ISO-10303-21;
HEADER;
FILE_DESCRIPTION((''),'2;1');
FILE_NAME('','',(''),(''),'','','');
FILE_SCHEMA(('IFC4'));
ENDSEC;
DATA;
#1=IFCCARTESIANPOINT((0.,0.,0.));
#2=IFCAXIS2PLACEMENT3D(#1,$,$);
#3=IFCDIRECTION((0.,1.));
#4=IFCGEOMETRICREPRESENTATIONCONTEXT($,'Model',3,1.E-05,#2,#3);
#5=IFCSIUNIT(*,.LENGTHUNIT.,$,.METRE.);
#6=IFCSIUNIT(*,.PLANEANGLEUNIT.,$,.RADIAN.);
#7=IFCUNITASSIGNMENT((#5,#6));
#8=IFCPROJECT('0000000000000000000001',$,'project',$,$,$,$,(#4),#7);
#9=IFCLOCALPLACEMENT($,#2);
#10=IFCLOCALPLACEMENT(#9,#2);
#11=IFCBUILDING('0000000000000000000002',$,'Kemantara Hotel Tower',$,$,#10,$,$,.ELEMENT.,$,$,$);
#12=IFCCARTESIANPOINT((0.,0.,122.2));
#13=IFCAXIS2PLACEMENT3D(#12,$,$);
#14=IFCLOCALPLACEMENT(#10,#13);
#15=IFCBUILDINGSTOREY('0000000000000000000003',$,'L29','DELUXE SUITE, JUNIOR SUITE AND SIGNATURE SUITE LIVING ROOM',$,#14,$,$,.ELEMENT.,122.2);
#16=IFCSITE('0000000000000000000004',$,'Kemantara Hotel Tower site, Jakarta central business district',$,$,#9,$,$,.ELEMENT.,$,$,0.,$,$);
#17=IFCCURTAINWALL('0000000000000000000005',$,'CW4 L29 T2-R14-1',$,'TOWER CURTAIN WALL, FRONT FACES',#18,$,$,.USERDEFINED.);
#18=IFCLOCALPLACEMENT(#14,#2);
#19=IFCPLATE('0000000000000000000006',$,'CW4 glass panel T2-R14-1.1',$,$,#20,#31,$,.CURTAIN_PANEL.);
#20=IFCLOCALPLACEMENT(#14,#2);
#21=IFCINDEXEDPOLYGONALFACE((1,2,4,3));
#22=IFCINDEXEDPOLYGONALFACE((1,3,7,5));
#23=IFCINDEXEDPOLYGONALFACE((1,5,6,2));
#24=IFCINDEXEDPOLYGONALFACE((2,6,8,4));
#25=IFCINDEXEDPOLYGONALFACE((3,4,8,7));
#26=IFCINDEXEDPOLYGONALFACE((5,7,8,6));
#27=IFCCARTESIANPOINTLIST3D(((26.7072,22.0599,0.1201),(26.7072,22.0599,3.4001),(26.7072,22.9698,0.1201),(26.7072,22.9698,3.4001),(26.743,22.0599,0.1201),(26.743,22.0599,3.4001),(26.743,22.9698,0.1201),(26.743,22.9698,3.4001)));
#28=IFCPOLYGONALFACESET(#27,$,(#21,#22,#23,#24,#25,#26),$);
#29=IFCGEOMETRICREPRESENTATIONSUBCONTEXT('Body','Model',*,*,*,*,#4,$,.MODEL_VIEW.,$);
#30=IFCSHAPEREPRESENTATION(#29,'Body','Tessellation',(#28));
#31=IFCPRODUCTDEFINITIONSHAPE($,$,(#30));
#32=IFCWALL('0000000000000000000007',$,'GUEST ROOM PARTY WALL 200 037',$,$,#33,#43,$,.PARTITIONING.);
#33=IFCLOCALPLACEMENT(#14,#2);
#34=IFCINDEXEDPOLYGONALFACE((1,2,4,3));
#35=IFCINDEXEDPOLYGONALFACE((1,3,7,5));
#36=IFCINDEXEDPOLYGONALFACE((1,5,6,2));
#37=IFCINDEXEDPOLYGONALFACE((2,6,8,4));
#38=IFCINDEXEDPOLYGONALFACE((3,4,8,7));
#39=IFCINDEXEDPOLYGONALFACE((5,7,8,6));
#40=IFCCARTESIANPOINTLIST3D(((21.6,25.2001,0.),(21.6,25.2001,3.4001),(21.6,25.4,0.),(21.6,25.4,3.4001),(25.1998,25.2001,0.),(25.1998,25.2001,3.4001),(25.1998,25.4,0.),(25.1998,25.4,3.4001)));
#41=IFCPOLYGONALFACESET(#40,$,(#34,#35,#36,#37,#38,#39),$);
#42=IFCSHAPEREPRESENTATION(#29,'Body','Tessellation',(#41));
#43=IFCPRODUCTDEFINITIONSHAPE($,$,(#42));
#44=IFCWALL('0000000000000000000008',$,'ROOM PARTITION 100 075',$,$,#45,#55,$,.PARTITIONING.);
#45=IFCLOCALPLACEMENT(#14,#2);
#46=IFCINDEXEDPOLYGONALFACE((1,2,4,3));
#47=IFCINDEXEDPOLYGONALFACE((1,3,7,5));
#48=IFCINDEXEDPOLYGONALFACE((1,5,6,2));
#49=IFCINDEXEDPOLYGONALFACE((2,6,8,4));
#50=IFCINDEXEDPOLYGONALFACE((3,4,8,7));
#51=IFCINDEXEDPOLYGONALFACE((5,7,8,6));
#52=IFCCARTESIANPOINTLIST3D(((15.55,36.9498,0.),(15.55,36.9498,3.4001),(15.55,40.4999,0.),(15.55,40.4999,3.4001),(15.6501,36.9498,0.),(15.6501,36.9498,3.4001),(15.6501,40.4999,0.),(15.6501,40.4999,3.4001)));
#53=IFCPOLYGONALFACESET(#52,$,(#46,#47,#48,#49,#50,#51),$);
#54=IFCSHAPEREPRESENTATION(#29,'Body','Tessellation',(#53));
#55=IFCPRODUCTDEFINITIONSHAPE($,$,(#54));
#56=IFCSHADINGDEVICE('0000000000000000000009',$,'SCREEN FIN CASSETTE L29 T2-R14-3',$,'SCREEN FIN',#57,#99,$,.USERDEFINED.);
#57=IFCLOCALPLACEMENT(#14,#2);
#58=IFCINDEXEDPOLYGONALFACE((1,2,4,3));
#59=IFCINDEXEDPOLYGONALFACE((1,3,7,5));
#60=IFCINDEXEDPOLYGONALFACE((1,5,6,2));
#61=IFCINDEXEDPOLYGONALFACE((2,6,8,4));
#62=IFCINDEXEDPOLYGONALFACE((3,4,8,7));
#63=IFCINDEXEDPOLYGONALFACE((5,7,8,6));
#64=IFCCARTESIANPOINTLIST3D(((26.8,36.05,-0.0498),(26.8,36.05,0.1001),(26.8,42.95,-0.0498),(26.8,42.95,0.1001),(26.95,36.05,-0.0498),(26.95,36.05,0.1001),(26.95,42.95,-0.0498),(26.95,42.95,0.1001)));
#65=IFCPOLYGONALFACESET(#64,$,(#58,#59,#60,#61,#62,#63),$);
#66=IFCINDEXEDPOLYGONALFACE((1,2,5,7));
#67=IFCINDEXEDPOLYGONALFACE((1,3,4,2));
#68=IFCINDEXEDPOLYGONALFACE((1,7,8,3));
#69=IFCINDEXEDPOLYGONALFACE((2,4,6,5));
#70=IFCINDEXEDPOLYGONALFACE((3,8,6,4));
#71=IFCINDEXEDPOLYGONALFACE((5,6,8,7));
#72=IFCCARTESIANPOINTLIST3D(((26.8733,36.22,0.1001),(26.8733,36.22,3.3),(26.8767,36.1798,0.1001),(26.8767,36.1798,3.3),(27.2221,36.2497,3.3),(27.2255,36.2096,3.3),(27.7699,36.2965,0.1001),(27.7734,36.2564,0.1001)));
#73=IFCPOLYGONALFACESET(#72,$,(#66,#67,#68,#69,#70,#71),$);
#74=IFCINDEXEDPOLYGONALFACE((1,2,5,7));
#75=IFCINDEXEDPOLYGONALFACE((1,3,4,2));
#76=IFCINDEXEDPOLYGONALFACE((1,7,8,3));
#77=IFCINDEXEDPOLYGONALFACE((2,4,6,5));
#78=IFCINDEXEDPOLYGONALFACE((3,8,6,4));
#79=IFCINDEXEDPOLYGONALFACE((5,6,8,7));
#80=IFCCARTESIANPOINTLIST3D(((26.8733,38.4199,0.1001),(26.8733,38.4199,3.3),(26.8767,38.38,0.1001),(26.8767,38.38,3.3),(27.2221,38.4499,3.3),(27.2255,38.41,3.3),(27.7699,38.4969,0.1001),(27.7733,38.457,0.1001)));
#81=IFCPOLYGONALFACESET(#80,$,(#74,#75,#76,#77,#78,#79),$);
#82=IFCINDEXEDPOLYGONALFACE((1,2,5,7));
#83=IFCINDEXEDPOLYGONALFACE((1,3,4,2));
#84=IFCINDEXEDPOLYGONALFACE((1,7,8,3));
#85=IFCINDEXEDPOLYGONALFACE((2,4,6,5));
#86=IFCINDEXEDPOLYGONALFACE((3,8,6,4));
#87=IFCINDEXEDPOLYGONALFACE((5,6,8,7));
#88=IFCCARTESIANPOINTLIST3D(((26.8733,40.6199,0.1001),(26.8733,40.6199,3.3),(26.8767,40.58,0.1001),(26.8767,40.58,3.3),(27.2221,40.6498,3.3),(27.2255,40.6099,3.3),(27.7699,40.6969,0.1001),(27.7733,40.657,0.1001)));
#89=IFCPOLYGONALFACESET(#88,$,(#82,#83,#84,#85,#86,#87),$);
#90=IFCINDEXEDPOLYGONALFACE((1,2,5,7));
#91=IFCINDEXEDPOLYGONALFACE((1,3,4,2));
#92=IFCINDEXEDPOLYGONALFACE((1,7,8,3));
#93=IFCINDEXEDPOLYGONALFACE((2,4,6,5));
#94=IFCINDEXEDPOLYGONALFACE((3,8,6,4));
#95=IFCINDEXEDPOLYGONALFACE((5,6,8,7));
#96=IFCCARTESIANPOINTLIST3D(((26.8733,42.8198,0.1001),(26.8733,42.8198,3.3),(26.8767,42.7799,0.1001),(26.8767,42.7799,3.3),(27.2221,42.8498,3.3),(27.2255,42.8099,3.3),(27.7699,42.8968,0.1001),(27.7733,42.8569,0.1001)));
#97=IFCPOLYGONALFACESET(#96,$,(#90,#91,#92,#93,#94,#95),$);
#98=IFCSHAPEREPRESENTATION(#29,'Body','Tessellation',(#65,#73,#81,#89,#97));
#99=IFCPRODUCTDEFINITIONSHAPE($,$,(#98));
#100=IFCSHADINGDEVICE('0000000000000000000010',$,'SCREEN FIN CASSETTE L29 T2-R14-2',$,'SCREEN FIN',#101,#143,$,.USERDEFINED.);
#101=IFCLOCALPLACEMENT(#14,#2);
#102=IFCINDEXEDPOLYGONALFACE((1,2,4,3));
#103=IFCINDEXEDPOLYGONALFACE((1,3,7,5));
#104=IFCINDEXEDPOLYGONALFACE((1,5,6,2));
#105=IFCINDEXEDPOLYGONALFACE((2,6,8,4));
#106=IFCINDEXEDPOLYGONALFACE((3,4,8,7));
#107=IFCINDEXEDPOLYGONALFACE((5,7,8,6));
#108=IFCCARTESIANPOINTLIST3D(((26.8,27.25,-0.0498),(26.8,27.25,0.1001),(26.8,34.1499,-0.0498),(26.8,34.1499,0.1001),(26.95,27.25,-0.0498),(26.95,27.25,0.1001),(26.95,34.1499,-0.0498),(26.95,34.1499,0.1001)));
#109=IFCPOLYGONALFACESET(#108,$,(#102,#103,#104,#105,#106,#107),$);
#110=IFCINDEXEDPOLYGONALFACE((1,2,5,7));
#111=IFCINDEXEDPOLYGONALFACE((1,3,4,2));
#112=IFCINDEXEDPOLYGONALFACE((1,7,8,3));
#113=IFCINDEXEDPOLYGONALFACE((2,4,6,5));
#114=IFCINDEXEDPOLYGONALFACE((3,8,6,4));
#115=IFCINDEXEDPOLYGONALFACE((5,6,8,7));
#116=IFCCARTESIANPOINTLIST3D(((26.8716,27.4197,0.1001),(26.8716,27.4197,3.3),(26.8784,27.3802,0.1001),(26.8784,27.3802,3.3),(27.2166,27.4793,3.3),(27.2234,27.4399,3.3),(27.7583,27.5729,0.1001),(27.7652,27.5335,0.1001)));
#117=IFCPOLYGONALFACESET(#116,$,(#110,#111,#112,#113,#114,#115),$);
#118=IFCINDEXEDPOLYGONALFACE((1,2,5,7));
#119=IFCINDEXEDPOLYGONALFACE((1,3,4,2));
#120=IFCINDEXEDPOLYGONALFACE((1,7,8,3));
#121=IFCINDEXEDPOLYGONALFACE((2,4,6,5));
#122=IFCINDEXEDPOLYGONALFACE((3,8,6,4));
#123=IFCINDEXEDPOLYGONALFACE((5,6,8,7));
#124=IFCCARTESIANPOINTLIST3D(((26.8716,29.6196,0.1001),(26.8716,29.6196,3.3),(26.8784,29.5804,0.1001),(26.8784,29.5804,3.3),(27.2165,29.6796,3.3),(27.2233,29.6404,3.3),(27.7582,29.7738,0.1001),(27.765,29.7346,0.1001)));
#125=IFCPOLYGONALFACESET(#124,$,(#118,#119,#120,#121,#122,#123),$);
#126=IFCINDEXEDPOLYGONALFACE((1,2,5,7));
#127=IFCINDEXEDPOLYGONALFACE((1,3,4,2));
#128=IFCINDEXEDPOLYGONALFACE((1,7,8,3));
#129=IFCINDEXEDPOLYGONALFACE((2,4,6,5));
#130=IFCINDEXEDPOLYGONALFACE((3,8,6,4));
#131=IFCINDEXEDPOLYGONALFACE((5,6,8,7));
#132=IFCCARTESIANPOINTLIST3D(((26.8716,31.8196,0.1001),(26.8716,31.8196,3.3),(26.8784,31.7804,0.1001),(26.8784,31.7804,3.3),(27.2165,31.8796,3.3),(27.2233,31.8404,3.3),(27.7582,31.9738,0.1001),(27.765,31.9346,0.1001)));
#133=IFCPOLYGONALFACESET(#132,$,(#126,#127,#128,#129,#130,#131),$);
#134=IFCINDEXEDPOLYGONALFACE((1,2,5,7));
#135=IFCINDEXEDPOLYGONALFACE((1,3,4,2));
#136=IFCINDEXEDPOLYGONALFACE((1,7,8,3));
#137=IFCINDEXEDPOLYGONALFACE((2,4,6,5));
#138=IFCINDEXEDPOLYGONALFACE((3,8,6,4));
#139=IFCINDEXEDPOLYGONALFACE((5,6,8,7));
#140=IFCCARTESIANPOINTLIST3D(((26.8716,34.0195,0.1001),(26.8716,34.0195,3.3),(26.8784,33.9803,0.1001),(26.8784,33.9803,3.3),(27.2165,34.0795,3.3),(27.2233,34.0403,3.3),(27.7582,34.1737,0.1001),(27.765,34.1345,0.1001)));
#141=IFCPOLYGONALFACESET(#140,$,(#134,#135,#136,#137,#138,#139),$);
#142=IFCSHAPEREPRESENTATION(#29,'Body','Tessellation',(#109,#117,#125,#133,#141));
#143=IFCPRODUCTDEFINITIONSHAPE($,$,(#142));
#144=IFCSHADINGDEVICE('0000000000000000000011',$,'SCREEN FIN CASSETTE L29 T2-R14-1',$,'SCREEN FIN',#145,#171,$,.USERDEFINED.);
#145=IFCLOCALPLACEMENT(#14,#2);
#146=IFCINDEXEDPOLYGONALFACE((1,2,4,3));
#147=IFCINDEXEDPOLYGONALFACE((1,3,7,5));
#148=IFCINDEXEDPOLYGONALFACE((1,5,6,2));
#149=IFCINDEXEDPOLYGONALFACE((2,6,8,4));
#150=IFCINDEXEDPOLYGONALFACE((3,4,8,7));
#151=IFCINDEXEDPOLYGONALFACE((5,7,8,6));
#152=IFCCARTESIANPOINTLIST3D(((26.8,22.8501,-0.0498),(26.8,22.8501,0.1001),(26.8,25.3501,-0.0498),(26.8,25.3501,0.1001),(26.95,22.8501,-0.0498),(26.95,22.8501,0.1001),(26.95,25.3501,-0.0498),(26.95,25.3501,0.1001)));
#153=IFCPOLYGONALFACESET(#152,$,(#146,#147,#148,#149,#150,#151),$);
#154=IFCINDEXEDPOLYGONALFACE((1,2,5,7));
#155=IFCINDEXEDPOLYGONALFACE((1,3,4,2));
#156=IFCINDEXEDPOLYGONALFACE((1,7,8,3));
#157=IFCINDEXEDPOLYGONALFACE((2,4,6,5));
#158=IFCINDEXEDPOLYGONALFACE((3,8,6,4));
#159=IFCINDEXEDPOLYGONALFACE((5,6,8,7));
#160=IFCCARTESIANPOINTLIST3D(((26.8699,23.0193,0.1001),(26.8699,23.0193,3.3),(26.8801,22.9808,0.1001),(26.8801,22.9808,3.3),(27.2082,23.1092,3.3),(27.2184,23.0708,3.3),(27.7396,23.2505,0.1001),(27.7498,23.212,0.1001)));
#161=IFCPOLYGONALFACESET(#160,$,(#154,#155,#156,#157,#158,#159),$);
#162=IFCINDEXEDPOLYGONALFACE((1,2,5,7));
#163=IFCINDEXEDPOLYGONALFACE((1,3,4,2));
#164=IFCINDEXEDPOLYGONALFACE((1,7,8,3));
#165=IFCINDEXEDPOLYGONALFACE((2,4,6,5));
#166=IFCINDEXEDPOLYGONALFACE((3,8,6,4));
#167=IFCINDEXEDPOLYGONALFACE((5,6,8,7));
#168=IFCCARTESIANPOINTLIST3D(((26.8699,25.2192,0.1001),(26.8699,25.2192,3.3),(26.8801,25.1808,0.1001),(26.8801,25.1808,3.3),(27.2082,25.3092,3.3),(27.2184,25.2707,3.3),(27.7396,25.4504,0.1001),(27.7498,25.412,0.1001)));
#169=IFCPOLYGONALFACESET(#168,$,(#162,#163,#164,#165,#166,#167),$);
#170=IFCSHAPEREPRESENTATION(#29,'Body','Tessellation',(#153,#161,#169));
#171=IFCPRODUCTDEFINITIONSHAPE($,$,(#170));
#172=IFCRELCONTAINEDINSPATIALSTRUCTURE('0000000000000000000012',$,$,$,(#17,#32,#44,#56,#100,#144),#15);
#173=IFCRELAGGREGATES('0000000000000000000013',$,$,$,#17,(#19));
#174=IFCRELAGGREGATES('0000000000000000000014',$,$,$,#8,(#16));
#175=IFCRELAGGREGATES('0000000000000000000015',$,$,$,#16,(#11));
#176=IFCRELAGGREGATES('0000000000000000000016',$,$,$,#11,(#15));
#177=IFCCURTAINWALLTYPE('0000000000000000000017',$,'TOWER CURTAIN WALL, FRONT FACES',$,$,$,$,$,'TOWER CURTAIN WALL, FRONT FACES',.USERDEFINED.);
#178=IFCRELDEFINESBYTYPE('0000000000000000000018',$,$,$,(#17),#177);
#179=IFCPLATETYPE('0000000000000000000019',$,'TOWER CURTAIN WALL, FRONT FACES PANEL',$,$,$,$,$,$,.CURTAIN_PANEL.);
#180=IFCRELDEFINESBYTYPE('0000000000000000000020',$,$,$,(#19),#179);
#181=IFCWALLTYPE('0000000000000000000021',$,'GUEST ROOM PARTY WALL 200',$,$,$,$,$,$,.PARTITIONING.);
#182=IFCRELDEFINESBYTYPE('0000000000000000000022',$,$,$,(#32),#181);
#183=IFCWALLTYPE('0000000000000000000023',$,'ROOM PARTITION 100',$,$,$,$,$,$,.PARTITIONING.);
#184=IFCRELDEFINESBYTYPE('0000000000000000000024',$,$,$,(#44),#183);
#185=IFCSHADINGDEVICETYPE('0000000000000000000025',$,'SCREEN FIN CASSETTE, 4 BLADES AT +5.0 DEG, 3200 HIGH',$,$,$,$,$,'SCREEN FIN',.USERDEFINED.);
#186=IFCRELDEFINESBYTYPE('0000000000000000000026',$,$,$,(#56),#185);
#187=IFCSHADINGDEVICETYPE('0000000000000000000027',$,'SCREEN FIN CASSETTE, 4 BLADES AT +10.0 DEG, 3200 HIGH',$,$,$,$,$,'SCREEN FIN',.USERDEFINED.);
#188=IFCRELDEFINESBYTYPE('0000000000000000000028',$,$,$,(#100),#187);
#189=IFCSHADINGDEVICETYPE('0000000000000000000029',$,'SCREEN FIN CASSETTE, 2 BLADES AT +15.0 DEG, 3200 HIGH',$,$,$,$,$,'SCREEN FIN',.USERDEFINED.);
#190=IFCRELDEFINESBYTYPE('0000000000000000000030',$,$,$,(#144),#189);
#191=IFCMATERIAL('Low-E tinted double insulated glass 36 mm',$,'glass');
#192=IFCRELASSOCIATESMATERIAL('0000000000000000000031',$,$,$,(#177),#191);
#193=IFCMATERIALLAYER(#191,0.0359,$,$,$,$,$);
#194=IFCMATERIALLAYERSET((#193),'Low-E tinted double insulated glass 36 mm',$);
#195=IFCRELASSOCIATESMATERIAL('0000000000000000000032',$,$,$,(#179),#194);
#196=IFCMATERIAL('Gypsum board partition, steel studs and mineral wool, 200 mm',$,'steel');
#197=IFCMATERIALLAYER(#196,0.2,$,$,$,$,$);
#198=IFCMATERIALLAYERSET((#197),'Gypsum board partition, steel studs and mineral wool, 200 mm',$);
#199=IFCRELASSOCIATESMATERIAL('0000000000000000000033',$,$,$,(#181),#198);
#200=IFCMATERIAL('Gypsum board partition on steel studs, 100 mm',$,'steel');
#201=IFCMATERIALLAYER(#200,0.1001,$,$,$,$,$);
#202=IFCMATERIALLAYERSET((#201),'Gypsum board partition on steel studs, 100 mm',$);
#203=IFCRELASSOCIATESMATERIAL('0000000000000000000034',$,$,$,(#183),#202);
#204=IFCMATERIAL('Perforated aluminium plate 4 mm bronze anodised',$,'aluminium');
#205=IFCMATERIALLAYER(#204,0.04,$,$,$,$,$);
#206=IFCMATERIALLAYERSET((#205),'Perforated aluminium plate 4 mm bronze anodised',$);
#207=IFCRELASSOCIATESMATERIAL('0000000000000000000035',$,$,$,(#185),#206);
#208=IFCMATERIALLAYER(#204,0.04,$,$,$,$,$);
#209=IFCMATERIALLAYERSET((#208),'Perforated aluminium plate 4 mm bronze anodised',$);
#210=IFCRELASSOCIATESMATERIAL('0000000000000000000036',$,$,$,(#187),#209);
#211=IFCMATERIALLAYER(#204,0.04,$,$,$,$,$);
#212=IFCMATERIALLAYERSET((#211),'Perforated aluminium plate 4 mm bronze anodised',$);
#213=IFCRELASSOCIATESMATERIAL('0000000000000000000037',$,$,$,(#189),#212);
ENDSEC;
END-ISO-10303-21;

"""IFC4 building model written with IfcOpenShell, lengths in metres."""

from ifc_helpers import new_model, si_unit, direction, frame, frame_2d, origin, origin_2d, place, context, subcontext, project, spatial, polyline, rectangle, outline, extrude, source, transform, mapped, material, layer, layer_set, type_object, element, aggregate, save


model = new_model("IFC4")

# Units and contexts
model_context = context("Model", 3, precision=1e-05, world=origin(), true_north=direction((0.0, 1.0)))
body_context = subcontext(model_context, "Body", "Model", "MODEL_VIEW")
ifc_project = project(units=[si_unit("LENGTHUNIT", "METRE"), si_unit("PLANEANGLEUNIT", "RADIAN")], contexts=[model_context])

# Site, building, storey
site_placement = place(None, origin())
site = spatial("IfcSite", under=ifc_project, at=site_placement, Name="Kemantara Hotel Tower site, Jakarta central business district", CompositionType="ELEMENT", RefElevation=0.0)
building_placement = place(site_placement, origin())
building = spatial("IfcBuilding", under=site, at=building_placement, Name="Kemantara Hotel Tower", CompositionType="ELEMENT")
storey_placement = place(building_placement, frame((0.0, 0.0, 122.2)))
storey = spatial("IfcBuildingStorey", under=building, at=storey_placement, Name="L29", Description="DELUXE SUITE, JUNIOR SUITE AND SIGNATURE SUITE LIVING ROOM", CompositionType="ELEMENT", Elevation=122.2)

# Curtain wall, plate
ifc_material_1 = material(Name="Low-E tinted double insulated glass 36 mm", Category="glass")
curtain_wall_type = type_object("IfcCurtainWallType", Name="TOWER CURTAIN WALL, FRONT FACES", ElementType="TOWER CURTAIN WALL, FRONT FACES", PredefinedType="USERDEFINED", material=ifc_material_1)
curtain_wall_placement = place(storey_placement, origin())
curtain_wall = element("IfcCurtainWall", 1, at=curtain_wall_placement, inside=storey, type_object=curtain_wall_type, Name="CW4 L29 T2-R14-1", ObjectType="TOWER CURTAIN WALL, FRONT FACES", PredefinedType="USERDEFINED")
ifc_layer_1 = layer(ifc_material_1, 0.0359)
ifc_layer_set_1 = layer_set([ifc_layer_1], Name="Low-E tinted double insulated glass 36 mm")
plate_type = type_object("IfcPlateType", Name="TOWER CURTAIN WALL, FRONT FACES PANEL", PredefinedType="CURTAIN_PANEL", material=ifc_layer_set_1)
shared_shape_1 = source(origin(), body_context, "Body", "SweptSolid", [
    extrude(rectangle(XDim=0.9099, YDim=0.0359, at=origin_2d()), origin(), (0.0, 0.0, 1.0), 3.28),
])
plate_1_placement = place(storey_placement, frame((26.7251, 22.5149, 0.1201), z_axis=(0.0, 0.0, 1.0), x_axis=(0.0, 1.0, 0.0)))
plate_1 = element("IfcPlate", 2, at=plate_1_placement, type_object=plate_type, Name="CW4 glass panel T2-R14-1.1", PredefinedType="CURTAIN_PANEL", context=body_context, shape_type="MappedRepresentation", body=[
    mapped(shared_shape_1, transform((0.0, 0.0, 0.0))),
])
aggregate(curtain_wall, [plate_1])

# Walls
ifc_material_2 = material(Name="Gypsum board partition, steel studs and mineral wool, 200 mm", Category="steel")
ifc_layer_2 = layer(ifc_material_2, 0.2)
ifc_layer_set_2 = layer_set([ifc_layer_2], Name="Gypsum board partition, steel studs and mineral wool, 200 mm")
wall_type_1 = type_object("IfcWallType", Name="GUEST ROOM PARTY WALL 200", PredefinedType="PARTITIONING", material=ifc_layer_set_2)
wall_1_placement = place(storey_placement, frame((21.6001, 25.3, 0.0), z_axis=(0.0, 0.0, 1.0), x_axis=(1.0, 0.0, 0.0)))
element("IfcWall", 3, at=wall_1_placement, inside=storey, type_object=wall_type_1, Name="GUEST ROOM PARTY WALL 200 037", PredefinedType="PARTITIONING", context=body_context, shape_type="SweptSolid", body=[
    extrude(rectangle(XDim=3.5999, YDim=0.2, at=frame_2d((1.7998, 0.0))), origin(), (0.0, 0.0, 1.0), 3.4001),
])
ifc_material_3 = material(Name="Gypsum board partition on steel studs, 100 mm", Category="steel")
ifc_layer_3 = layer(ifc_material_3, 0.1001)
ifc_layer_set_3 = layer_set([ifc_layer_3], Name="Gypsum board partition on steel studs, 100 mm")
wall_type_2 = type_object("IfcWallType", Name="ROOM PARTITION 100", PredefinedType="PARTITIONING", material=ifc_layer_set_3)
wall_2_placement = place(storey_placement, frame((15.6001, 36.95, 0.0), z_axis=(0.0, 0.0, 1.0), x_axis=(0.0, 1.0, 0.0)))
element("IfcWall", 4, at=wall_2_placement, inside=storey, type_object=wall_type_2, Name="ROOM PARTITION 100 075", PredefinedType="PARTITIONING", context=body_context, shape_type="SweptSolid", body=[
    extrude(rectangle(XDim=3.55, YDim=0.1001, at=frame_2d((1.7749, 0.0))), origin(), (0.0, 0.0, 1.0), 3.4001),
])

# Shading devices
ifc_material_4 = material(Name="Perforated aluminium plate 4 mm bronze anodised", Category="aluminium")
ifc_layer_4 = layer(ifc_material_4, 0.04)
ifc_layer_set_4 = layer_set([ifc_layer_4], Name="Perforated aluminium plate 4 mm bronze anodised")
shading_device_type_1 = type_object("IfcShadingDeviceType", Name="SCREEN FIN CASSETTE, 4 BLADES AT +5.0 DEG, 3200 HIGH", ElementType="SCREEN FIN", PredefinedType="USERDEFINED", material=ifc_layer_set_4)
shared_shape_2 = source(origin(), body_context, "Body", "SweptSolid", [
    extrude(rectangle(XDim=6.8999, YDim=0.1499, at=origin_2d()), frame((3.3, -0.075, -0.1499), z_axis=(0.0, 0.0, 1.0), x_axis=(1.0, 0.0, 0.0)), (0.0, 0.0, 1.0), 0.1499),
    extrude(outline(polyline([(0.0, 0.0), (0.8999, 0.0), (0.3501, 3.2), (0.0, 3.2), (0.0, 0.0)])), frame((0.02, -0.0732, 0.0), z_axis=(-0.996376, -0.085056, 0.0), x_axis=(0.085056, -0.996376, 0.0)), (0.0, 0.0, 1.0), 0.0403),
    extrude(outline(polyline([(0.0, 0.0), (0.8999, 0.0), (0.3501, 3.2), (0.0, 3.2), (0.0, 0.0)])), frame((2.22, -0.0732, 0.0), z_axis=(-0.996332, -0.085575, 0.0), x_axis=(0.085575, -0.996332, 0.0)), (0.0, 0.0, 1.0), 0.04),
    extrude(outline(polyline([(0.0, 0.0), (0.8999, 0.0), (0.3501, 3.2), (0.0, 3.2), (0.0, 0.0)])), frame((4.4199, -0.0732, 0.0), z_axis=(-0.996332, -0.085575, 0.0), x_axis=(0.085575, -0.996332, 0.0)), (0.0, 0.0, 1.0), 0.04),
    extrude(outline(polyline([(0.0, 0.0), (0.8999, 0.0), (0.3501, 3.2), (0.0, 3.2), (0.0, 0.0)])), frame((6.6199, -0.0732, 0.0), z_axis=(-0.996332, -0.085575, 0.0), x_axis=(0.085575, -0.996332, 0.0)), (0.0, 0.0, 1.0), 0.04),
])
shading_device_1_placement = place(storey_placement, frame((26.8, 36.2, 0.1001), z_axis=(0.0, 0.0, 1.0), x_axis=(0.0, 1.0, 0.0)))
element("IfcShadingDevice", 5, at=shading_device_1_placement, inside=storey, type_object=shading_device_type_1, Name="SCREEN FIN CASSETTE L29 T2-R14-3", ObjectType="SCREEN FIN", PredefinedType="USERDEFINED", context=body_context, shape_type="MappedRepresentation", body=[
    mapped(shared_shape_2, transform((0.0, 0.0, 0.0))),
])
ifc_layer_5 = layer(ifc_material_4, 0.04)
ifc_layer_set_5 = layer_set([ifc_layer_5], Name="Perforated aluminium plate 4 mm bronze anodised")
shading_device_type_2 = type_object("IfcShadingDeviceType", Name="SCREEN FIN CASSETTE, 4 BLADES AT +10.0 DEG, 3200 HIGH", ElementType="SCREEN FIN", PredefinedType="USERDEFINED", material=ifc_layer_set_5)
shared_shape_3 = source(origin(), body_context, "Body", "SweptSolid", [
    extrude(rectangle(XDim=6.8999, YDim=0.1499, at=origin_2d()), frame((3.3, -0.075, -0.1499), z_axis=(0.0, 0.0, 1.0), x_axis=(1.0, 0.0, 0.0)), (0.0, 0.0, 1.0), 0.1499),
    extrude(outline(polyline([(0.0, 0.0), (0.8999, 0.0), (0.3501, 3.2), (0.0, 3.2), (0.0, 0.0)])), frame((0.0198, -0.0715, 0.0), z_axis=(-0.98539, -0.170314, 0.0), x_axis=(0.170314, -0.98539, 0.0)), (0.0, 0.0, 1.0), 0.04),
    extrude(outline(polyline([(0.0, 0.0), (0.8999, 0.0), (0.3501, 3.2), (0.0, 3.2), (0.0, 0.0)])), frame((2.2197, -0.0715, 0.0), z_axis=(-0.985212, -0.171341, 0.0), x_axis=(0.171341, -0.985212, 0.0)), (0.0, 0.0, 1.0), 0.0398),
    extrude(outline(polyline([(0.0, 0.0), (0.8999, 0.0), (0.3501, 3.2), (0.0, 3.2), (0.0, 0.0)])), frame((4.4197, -0.0715, 0.0), z_axis=(-0.985212, -0.171341, 0.0), x_axis=(0.171341, -0.985212, 0.0)), (0.0, 0.0, 1.0), 0.0398),
    extrude(outline(polyline([(0.0, 0.0), (0.8999, 0.0), (0.3501, 3.2), (0.0, 3.2), (0.0, 0.0)])), frame((6.6196, -0.0715, 0.0), z_axis=(-0.985212, -0.171341, 0.0), x_axis=(0.171341, -0.985212, 0.0)), (0.0, 0.0, 1.0), 0.0398),
])
shading_device_2_placement = place(storey_placement, frame((26.8, 27.3999, 0.1001), z_axis=(0.0, 0.0, 1.0), x_axis=(0.0, 1.0, 0.0)))
element("IfcShadingDevice", 6, at=shading_device_2_placement, inside=storey, type_object=shading_device_type_2, Name="SCREEN FIN CASSETTE L29 T2-R14-2", ObjectType="SCREEN FIN", PredefinedType="USERDEFINED", context=body_context, shape_type="MappedRepresentation", body=[
    mapped(shared_shape_3, transform((0.0, 0.0, 0.0))),
])
ifc_layer_6 = layer(ifc_material_4, 0.04)
ifc_layer_set_6 = layer_set([ifc_layer_6], Name="Perforated aluminium plate 4 mm bronze anodised")
shading_device_type_3 = type_object("IfcShadingDeviceType", Name="SCREEN FIN CASSETTE, 2 BLADES AT +15.0 DEG, 3200 HIGH", ElementType="SCREEN FIN", PredefinedType="USERDEFINED", material=ifc_layer_set_6)
shared_shape_4 = source(origin(), body_context, "Body", "SweptSolid", [
    extrude(rectangle(XDim=2.5, YDim=0.1499, at=origin_2d()), frame((1.1001, -0.075, -0.1499), z_axis=(0.0, 0.0, 1.0), x_axis=(1.0, 0.0, 0.0)), (0.0, 0.0, 1.0), 0.1499),
    extrude(outline(polyline([(0.0, 0.0), (0.8999, 0.0), (0.3501, 3.2), (0.0, 3.2), (0.0, 0.0)])), frame((0.0193, -0.0698, 0.0), z_axis=(-0.966438, -0.256901, 0.0), x_axis=(0.256901, -0.966438, 0.0)), (0.0, 0.0, 1.0), 0.0398),
    extrude(outline(polyline([(0.0, 0.0), (0.8999, 0.0), (0.3501, 3.2), (0.0, 3.2), (0.0, 0.0)])), frame((2.2192, -0.0698, 0.0), z_axis=(-0.966438, -0.256901, 0.0), x_axis=(0.256901, -0.966438, 0.0)), (0.0, 0.0, 1.0), 0.0398),
])
shading_device_3_placement = place(storey_placement, frame((26.8, 23.0, 0.1001), z_axis=(0.0, 0.0, 1.0), x_axis=(0.0, 1.0, 0.0)))
element("IfcShadingDevice", 7, at=shading_device_3_placement, inside=storey, type_object=shading_device_type_3, Name="SCREEN FIN CASSETTE L29 T2-R14-1", ObjectType="SCREEN FIN", PredefinedType="USERDEFINED", context=body_context, shape_type="MappedRepresentation", body=[
    mapped(shared_shape_4, transform((0.0, 0.0, 0.0))),
])

save(model, "model.ifc")
